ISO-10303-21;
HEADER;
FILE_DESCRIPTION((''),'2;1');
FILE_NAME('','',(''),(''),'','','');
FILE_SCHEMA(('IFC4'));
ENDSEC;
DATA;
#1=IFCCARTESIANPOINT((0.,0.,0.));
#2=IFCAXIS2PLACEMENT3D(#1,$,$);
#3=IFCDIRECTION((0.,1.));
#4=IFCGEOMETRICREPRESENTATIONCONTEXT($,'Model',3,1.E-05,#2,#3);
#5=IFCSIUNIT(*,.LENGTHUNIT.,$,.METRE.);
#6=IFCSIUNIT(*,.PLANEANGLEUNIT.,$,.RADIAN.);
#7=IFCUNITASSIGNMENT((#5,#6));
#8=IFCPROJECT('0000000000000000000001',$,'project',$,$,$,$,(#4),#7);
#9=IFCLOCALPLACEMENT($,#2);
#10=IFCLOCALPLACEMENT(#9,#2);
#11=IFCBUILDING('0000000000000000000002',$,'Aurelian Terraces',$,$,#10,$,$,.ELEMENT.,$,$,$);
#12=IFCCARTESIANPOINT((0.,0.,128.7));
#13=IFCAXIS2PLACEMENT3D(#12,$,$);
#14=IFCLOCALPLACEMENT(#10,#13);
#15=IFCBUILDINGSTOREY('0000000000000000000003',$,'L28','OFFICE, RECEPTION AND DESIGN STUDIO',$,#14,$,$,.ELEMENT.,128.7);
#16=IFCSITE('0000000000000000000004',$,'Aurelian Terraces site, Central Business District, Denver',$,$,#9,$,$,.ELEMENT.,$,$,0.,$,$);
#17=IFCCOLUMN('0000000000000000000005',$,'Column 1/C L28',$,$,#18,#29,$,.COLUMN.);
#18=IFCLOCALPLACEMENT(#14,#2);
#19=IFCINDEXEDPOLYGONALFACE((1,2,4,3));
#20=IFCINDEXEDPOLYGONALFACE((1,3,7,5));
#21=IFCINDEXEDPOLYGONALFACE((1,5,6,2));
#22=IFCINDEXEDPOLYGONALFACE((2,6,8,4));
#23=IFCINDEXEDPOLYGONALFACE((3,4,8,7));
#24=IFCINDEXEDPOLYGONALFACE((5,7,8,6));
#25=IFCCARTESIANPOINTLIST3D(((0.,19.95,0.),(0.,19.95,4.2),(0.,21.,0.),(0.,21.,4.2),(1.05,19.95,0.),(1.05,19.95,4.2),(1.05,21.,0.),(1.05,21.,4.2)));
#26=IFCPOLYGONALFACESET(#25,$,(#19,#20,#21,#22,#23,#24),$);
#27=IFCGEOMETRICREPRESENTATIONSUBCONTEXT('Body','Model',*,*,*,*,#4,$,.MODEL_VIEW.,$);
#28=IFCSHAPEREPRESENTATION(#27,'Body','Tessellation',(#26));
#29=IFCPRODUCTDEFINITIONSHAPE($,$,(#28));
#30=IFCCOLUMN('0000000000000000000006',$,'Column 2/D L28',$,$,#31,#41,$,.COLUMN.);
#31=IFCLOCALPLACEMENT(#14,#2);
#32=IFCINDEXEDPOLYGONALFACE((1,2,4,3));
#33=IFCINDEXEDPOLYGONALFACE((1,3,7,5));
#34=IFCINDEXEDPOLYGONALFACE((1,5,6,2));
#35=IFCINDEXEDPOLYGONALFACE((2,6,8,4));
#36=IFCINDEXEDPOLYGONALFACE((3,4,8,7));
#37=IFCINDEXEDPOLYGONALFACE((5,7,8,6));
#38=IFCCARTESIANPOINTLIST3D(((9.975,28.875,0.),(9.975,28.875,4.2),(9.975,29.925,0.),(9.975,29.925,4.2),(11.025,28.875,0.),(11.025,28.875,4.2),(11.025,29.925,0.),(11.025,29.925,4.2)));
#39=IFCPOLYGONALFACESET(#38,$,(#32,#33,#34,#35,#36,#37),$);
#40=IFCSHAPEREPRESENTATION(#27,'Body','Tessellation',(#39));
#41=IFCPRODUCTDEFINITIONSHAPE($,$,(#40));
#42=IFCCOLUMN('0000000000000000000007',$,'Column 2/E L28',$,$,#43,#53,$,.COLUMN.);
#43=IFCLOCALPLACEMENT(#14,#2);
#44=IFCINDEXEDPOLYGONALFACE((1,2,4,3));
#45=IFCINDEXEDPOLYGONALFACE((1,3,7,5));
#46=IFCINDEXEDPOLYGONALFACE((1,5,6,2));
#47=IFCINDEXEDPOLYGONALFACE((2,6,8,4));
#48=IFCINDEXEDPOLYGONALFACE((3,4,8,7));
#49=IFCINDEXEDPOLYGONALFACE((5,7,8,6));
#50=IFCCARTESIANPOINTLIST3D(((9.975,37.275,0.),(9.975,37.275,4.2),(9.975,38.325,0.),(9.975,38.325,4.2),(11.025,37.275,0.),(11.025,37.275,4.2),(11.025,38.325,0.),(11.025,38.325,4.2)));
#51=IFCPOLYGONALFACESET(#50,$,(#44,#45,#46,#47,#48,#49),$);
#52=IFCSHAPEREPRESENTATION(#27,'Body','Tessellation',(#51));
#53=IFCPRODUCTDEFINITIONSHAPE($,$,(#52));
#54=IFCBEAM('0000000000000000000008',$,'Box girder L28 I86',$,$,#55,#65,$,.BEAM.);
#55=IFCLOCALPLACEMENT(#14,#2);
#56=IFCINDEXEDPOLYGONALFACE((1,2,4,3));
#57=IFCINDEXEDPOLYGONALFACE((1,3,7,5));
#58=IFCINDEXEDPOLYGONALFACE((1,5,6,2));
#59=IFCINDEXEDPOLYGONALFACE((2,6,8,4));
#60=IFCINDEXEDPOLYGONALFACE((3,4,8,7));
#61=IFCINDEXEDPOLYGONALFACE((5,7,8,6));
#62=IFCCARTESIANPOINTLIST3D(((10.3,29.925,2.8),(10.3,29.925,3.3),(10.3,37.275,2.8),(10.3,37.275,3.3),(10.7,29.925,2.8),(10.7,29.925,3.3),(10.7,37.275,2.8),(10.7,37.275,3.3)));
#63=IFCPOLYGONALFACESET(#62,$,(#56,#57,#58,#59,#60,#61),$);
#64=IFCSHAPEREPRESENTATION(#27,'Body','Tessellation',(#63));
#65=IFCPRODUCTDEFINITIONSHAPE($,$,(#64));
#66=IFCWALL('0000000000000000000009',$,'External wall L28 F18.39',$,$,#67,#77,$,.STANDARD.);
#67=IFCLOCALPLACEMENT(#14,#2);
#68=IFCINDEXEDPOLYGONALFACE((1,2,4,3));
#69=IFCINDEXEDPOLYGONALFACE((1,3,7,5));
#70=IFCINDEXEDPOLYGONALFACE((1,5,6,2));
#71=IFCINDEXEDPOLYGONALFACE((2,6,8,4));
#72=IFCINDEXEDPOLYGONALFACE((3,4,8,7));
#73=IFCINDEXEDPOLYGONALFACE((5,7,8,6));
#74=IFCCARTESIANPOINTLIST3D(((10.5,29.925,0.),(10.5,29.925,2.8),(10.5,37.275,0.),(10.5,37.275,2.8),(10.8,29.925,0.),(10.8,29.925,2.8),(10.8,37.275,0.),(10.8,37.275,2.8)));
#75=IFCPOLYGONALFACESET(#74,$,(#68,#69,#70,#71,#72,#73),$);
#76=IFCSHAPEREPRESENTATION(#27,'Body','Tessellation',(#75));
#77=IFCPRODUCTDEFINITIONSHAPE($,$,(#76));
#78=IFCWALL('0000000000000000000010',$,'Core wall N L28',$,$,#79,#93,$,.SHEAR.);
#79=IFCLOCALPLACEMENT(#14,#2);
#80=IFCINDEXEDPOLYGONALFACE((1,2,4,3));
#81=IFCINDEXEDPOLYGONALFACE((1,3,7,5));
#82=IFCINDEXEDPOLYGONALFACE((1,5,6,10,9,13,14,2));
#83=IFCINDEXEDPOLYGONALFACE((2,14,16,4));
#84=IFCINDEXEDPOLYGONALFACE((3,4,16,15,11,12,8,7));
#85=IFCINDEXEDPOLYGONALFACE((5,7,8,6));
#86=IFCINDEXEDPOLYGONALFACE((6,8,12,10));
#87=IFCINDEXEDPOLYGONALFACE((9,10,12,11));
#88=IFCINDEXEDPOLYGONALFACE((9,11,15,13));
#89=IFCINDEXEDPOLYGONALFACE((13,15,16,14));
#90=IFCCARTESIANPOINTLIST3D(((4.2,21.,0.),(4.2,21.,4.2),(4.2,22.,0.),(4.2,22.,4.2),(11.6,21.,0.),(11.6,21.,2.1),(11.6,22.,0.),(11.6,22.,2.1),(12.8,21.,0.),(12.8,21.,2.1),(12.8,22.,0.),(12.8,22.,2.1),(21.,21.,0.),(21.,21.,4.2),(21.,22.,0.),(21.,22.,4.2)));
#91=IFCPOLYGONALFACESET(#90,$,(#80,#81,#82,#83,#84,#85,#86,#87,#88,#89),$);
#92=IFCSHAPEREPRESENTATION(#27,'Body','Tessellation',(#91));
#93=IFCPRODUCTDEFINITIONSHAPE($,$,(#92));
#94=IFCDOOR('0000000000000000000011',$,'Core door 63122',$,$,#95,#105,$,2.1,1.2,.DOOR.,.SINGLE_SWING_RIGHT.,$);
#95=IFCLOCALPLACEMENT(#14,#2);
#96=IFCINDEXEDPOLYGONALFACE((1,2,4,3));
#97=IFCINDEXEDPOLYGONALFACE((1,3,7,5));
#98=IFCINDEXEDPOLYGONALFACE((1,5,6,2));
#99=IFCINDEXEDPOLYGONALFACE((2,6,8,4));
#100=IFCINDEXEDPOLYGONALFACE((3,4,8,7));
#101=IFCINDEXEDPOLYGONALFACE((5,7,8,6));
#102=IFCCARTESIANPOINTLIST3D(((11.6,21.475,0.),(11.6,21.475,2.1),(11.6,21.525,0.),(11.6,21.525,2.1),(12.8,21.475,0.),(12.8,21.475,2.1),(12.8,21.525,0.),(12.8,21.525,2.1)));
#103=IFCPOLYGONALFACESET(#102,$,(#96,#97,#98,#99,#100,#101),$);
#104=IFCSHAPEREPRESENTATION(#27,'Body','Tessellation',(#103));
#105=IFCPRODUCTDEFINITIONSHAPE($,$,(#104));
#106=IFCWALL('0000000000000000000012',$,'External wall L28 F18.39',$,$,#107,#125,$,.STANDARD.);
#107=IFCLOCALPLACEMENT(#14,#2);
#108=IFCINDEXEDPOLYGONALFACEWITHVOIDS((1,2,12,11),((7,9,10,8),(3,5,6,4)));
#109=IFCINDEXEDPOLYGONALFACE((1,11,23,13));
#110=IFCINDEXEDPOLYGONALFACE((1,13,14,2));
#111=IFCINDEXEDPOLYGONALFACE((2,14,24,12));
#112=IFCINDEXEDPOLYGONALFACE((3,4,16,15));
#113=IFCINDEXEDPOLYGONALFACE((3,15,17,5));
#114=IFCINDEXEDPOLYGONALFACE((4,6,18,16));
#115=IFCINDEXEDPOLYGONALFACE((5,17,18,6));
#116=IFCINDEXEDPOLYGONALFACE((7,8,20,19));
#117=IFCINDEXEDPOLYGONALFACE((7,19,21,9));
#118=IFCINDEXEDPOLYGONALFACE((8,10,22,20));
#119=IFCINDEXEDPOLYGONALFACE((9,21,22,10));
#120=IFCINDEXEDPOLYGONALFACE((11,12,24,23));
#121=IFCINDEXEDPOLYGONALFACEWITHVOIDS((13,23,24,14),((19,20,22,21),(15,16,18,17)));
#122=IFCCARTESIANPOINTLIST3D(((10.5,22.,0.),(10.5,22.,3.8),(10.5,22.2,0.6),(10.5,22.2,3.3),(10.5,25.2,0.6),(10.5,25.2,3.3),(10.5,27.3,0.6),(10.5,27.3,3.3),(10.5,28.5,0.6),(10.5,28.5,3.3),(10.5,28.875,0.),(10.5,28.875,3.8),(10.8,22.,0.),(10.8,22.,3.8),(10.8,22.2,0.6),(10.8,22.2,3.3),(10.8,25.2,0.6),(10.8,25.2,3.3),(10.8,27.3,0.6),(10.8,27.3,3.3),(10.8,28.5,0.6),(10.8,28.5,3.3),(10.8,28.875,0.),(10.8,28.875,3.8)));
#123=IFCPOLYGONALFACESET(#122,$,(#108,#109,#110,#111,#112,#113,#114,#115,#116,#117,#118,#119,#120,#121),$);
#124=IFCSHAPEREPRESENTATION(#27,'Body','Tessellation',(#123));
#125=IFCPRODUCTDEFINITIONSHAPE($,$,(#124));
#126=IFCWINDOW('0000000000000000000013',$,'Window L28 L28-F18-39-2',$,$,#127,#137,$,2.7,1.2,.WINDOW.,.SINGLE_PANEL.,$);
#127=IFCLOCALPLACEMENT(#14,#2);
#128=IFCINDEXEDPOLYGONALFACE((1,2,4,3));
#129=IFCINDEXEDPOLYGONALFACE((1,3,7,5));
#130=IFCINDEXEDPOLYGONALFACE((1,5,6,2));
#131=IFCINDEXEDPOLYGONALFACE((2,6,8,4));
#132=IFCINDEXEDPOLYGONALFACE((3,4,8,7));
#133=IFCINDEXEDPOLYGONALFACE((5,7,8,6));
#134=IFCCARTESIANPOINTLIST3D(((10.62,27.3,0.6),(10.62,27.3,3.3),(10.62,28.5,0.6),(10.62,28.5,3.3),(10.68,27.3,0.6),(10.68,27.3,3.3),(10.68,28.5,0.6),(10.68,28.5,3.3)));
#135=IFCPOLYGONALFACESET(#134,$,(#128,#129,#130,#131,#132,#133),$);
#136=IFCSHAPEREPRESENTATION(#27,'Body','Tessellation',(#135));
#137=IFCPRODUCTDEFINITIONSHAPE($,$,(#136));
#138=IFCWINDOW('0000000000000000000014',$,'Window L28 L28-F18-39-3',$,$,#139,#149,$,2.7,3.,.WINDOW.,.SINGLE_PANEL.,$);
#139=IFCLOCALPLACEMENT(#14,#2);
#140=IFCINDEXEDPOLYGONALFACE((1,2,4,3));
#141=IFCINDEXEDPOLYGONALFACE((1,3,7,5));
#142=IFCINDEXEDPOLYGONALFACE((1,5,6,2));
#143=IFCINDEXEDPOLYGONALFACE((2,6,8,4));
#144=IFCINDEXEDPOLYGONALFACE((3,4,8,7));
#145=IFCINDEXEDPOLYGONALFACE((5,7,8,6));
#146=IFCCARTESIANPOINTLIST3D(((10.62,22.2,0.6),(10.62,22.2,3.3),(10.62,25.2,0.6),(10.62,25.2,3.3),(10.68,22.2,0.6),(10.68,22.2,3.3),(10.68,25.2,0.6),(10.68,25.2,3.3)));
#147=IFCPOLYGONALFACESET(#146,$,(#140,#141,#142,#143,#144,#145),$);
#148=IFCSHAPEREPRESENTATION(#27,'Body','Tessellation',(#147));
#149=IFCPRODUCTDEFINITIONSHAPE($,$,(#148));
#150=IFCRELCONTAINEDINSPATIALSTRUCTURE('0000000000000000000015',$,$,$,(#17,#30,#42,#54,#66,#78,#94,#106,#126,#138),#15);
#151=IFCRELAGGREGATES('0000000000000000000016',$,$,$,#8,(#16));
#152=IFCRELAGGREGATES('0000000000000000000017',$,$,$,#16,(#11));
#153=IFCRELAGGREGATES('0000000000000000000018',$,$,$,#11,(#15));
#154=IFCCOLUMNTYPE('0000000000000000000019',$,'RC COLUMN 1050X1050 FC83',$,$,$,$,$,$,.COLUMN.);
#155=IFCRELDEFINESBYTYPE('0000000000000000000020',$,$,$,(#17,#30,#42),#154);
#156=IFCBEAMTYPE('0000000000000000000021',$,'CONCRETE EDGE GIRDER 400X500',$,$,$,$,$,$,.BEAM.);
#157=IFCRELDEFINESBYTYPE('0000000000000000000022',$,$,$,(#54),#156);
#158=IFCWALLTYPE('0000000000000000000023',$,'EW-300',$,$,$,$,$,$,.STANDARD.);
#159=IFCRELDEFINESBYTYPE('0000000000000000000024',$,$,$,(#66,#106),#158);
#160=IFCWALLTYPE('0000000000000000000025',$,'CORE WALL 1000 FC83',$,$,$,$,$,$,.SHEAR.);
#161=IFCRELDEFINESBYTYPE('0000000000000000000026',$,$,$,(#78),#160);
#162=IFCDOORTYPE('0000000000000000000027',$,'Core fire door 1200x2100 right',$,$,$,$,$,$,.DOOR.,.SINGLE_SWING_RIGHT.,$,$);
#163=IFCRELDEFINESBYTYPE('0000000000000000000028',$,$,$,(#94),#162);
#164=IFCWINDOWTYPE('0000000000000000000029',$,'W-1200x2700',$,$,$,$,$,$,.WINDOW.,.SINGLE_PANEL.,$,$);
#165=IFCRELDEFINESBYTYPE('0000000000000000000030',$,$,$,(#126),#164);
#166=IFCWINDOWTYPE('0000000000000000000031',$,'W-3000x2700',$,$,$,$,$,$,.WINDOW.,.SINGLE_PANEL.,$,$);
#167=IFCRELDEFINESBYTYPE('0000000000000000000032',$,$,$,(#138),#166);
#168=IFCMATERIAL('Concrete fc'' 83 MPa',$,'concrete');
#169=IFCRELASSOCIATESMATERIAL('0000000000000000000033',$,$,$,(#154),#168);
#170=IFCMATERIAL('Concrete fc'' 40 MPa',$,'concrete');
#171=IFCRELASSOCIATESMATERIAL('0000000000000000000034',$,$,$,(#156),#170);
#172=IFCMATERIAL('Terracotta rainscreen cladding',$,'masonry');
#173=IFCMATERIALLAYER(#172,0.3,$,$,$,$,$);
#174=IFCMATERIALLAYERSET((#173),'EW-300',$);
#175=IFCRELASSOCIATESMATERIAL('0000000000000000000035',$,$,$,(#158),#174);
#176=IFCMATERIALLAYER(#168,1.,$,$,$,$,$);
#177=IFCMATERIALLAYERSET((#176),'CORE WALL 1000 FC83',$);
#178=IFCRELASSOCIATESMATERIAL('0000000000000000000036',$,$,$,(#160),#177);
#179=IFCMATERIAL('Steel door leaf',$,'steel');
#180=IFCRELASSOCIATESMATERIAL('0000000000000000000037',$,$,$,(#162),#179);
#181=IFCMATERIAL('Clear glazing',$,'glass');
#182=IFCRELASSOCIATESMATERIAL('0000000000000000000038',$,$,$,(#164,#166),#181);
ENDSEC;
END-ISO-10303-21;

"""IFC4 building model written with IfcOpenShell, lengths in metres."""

from ifc_helpers import new_model, si_unit, direction, frame, frame_2d, origin, origin_2d, place, context, subcontext, project, spatial, rectangle, extrude, source, transform, mapped, material, layer, layer_set, material_profile, profile_set, type_object, element, fill, save


model = new_model("IFC4")

# Units and contexts
model_context = context("Model", 3, precision=1e-05, world=origin(), true_north=direction((0.0, 1.0)))
body_context = subcontext(model_context, "Body", "Model", "MODEL_VIEW")
ifc_project = project(units=[si_unit("LENGTHUNIT", "METRE"), si_unit("PLANEANGLEUNIT", "RADIAN")], contexts=[model_context])

# Site, building, storey
site_placement = place(None, origin())
site = spatial("IfcSite", under=ifc_project, at=site_placement, Name="Aurelian Terraces site, Central Business District, Denver", CompositionType="ELEMENT", RefElevation=0.0)
building_placement = place(site_placement, origin())
building = spatial("IfcBuilding", under=site, at=building_placement, Name="Aurelian Terraces", CompositionType="ELEMENT")
storey_placement = place(building_placement, frame((0.0, 0.0, 128.7)))
storey = spatial("IfcBuildingStorey", under=building, at=storey_placement, Name="L28", Description="OFFICE, RECEPTION AND DESIGN STUDIO", CompositionType="ELEMENT", Elevation=128.7)

# Columns
ifc_material_1 = material(Name="Concrete fc' 83 MPa", Category="concrete")
ifc_material_profile_1 = material_profile(ifc_material_1, rectangle(XDim=1.05, YDim=1.05, at=origin_2d()))
ifc_profile_set_1 = profile_set([ifc_material_profile_1], Name="Concrete fc' 83 MPa")
column_type = type_object("IfcColumnType", Name="RC COLUMN 1050X1050 FC83", PredefinedType="COLUMN", material=ifc_profile_set_1)
shared_shape_1 = source(origin(), body_context, "Body", "SweptSolid", [
    extrude(rectangle(XDim=1.05, YDim=1.05, at=origin_2d()), origin(), (0.0, 0.0, 1.0), 4.2),
])
for number, where, z_axis, x_axis, name in (
    (1, (0.525, 20.475, 0.0), (0.0, 0.0, 1.0), (1.0, 0.0, 0.0), "Column 1/C L28"),
    (2, (10.5, 29.4, 0.0), (0.0, 0.0, 1.0), (1.0, 0.0, 0.0), "Column 2/D L28"),
    (3, (10.5, 37.8, 0.0), (0.0, 0.0, 1.0), (1.0, 0.0, 0.0), "Column 2/E L28"),
):
    element("IfcColumn", number, at=place(storey_placement, frame(where, z_axis=z_axis, x_axis=x_axis)), inside=storey, type_object=column_type, Name=name, PredefinedType="COLUMN", context=body_context, shape_type="MappedRepresentation", body=[
        mapped(shared_shape_1, transform((0.0, 0.0, 0.0), scale=1.0)),
    ])

# Beam
ifc_material_2 = material(Name="Concrete fc' 40 MPa", Category="concrete")
ifc_material_profile_2 = material_profile(ifc_material_2, rectangle(XDim=0.4, YDim=0.5, at=origin_2d()))
ifc_profile_set_2 = profile_set([ifc_material_profile_2], Name="Concrete fc' 40 MPa")
beam_type = type_object("IfcBeamType", Name="CONCRETE EDGE GIRDER 400X500", PredefinedType="BEAM", material=ifc_profile_set_2)
shared_shape_2 = source(origin(), body_context, "Body", "SweptSolid", [
    extrude(rectangle(XDim=0.4, YDim=0.5, at=origin_2d()), origin(), (0.0, 0.0, 1.0), 7.35),
])
beam_placement = place(storey_placement, frame((10.5, 29.925, 3.05), z_axis=(0.0, 1.0, 0.0), x_axis=(-1.0, 0.0, 0.0)))
element("IfcBeam", 4, at=beam_placement, inside=storey, type_object=beam_type, Name="Box girder L28 I86", PredefinedType="BEAM", context=body_context, shape_type="MappedRepresentation", body=[
    mapped(shared_shape_2, transform((0.0, 0.0, 0.0), scale=1.0)),
])

# Wall
ifc_material_3 = material(Name="Terracotta rainscreen cladding", Category="masonry")
ifc_layer_1 = layer(ifc_material_3, 0.3)
ifc_layer_set_1 = layer_set([ifc_layer_1], Name="EW-300")
wall_type_1 = type_object("IfcWallType", Name="EW-300", PredefinedType="STANDARD", material=ifc_layer_set_1)
wall_1_placement = place(storey_placement, frame((10.65, 37.275, 0.0), z_axis=(0.0, 0.0, 1.0), x_axis=(0.0, -1.0, 0.0)))
element("IfcWall", 5, at=wall_1_placement, inside=storey, type_object=wall_type_1, Name="External wall L28 F18.39", PredefinedType="STANDARD", context=body_context, shape_type="SweptSolid", body=[
    extrude(rectangle(XDim=7.35, YDim=0.3, at=frame_2d((3.675, 0.0))), origin(), (0.0, 0.0, 1.0), 2.8),
])

# Wall, opening, door
ifc_layer_2 = layer(ifc_material_1, 1.0)
ifc_layer_set_2 = layer_set([ifc_layer_2], Name="CORE WALL 1000 FC83")
wall_type_2 = type_object("IfcWallType", Name="CORE WALL 1000 FC83", PredefinedType="SHEAR", material=ifc_layer_set_2)
shared_shape_3 = source(origin(), body_context, "Body", "SweptSolid", [
    extrude(rectangle(XDim=16.8, YDim=1.0, at=frame_2d((8.4, 0.0))), origin(), (0.0, 0.0, 1.0), 4.2),
])
wall_2_placement = place(storey_placement, frame((4.2, 21.5, 0.0), z_axis=(0.0, 0.0, 1.0), x_axis=(1.0, 0.0, 0.0)))
wall_2 = element("IfcWall", 6, at=wall_2_placement, inside=storey, type_object=wall_type_2, Name="Core wall N L28", PredefinedType="SHEAR", context=body_context, shape_type="MappedRepresentation", body=[
    mapped(shared_shape_3, transform((0.0, 0.0, 0.0), scale=1.0)),
])
shared_shape_4 = source(origin(), body_context, "Body", "SweptSolid", [
    extrude(rectangle(XDim=1.2, YDim=2.1, at=frame_2d((0.6, 1.05))), frame((0.0, 0.51, 0.0), z_axis=(0.0, -1.0, 0.0), x_axis=(1.0, 0.0, 0.0)), (0.0, 0.0, 1.0), 1.02),
])
opening_1_placement = place(wall_2_placement, frame((7.4, 0.0, 0.0)))
opening_1 = element("IfcOpeningElement", 7, at=opening_1_placement, cuts=wall_2, PredefinedType="OPENING", context=body_context, shape_type="MappedRepresentation", body=[
    mapped(shared_shape_4, transform((0.0, 0.0, 0.0), scale=1.0)),
])
ifc_material_4 = material(Name="Steel door leaf", Category="steel")
door_type_1 = type_object("IfcDoorType", Name="Core fire door 1200x2100 right", OperationType="SINGLE_SWING_RIGHT", PredefinedType="DOOR", material=ifc_material_4)
shared_shape_5 = source(origin(), body_context, "Body", "SweptSolid", [
    extrude(rectangle(XDim=1.2, YDim=2.1, at=frame_2d((0.6, 1.05))), frame((0.0, 0.025, 0.0), z_axis=(0.0, -1.0, 0.0), x_axis=(1.0, 0.0, 0.0)), (0.0, 0.0, 1.0), 0.05),
])
door_1_placement = place(opening_1_placement, origin())
door_1 = element("IfcDoor", 8, at=door_1_placement, inside=storey, type_object=door_type_1, Name="Core door 63122", OperationType="SINGLE_SWING_RIGHT", OverallHeight=2.1, OverallWidth=1.2, PredefinedType="DOOR", context=body_context, shape_type="MappedRepresentation", body=[
    mapped(shared_shape_5, transform((0.0, 0.0, 0.0), scale=1.0)),
])
fill(opening_1, door_1)

# Wall, openings, windows
shared_shape_6 = source(origin(), body_context, "Body", "SweptSolid", [
    extrude(rectangle(XDim=6.875, YDim=0.3, at=frame_2d((3.4375, 0.0))), origin(), (0.0, 0.0, 1.0), 3.8),
])
wall_3_placement = place(storey_placement, frame((10.65, 28.875, 0.0), z_axis=(0.0, 0.0, 1.0), x_axis=(0.0, -1.0, 0.0)))
wall_3 = element("IfcWall", 9, at=wall_3_placement, inside=storey, type_object=wall_type_1, Name="External wall L28 F18.39", PredefinedType="STANDARD", context=body_context, shape_type="MappedRepresentation", body=[
    mapped(shared_shape_6, transform((0.0, 0.0, 0.0), scale=1.0)),
])
shared_shape_7 = source(origin(), body_context, "Body", "SweptSolid", [
    extrude(rectangle(XDim=1.2, YDim=2.7, at=frame_2d((0.6, 1.35))), frame((0.0, 0.16, 0.0), z_axis=(0.0, -1.0, 0.0), x_axis=(1.0, 0.0, 0.0)), (0.0, 0.0, 1.0), 0.32),
])
opening_2_placement = place(wall_3_placement, frame((0.375, 0.0, 0.6)))
opening_2 = element("IfcOpeningElement", 10, at=opening_2_placement, cuts=wall_3, PredefinedType="OPENING", context=body_context, shape_type="MappedRepresentation", body=[
    mapped(shared_shape_7, transform((0.0, 0.0, 0.0), scale=1.0)),
])
shared_shape_8 = source(origin(), body_context, "Body", "SweptSolid", [
    extrude(rectangle(XDim=3.0, YDim=2.7, at=frame_2d((1.5, 1.35))), frame((0.0, 0.16, 0.0), z_axis=(0.0, -1.0, 0.0), x_axis=(1.0, 0.0, 0.0)), (0.0, 0.0, 1.0), 0.32),
])
opening_3_placement = place(wall_3_placement, frame((3.675, 0.0, 0.6)))
opening_3 = element("IfcOpeningElement", 11, at=opening_3_placement, cuts=wall_3, PredefinedType="OPENING", context=body_context, shape_type="MappedRepresentation", body=[
    mapped(shared_shape_8, transform((0.0, 0.0, 0.0), scale=1.0)),
])
ifc_material_5 = material(Name="Clear glazing", Category="glass")
window_type_1 = type_object("IfcWindowType", Name="W-1200x2700", PartitioningType="SINGLE_PANEL", PredefinedType="WINDOW", material=ifc_material_5)
shared_shape_9 = source(origin(), body_context, "Body", "SweptSolid", [
    extrude(rectangle(XDim=1.2, YDim=2.7, at=frame_2d((0.6, 1.35))), frame((0.0, 0.03, 0.0), z_axis=(0.0, -1.0, 0.0), x_axis=(1.0, 0.0, 0.0)), (0.0, 0.0, 1.0), 0.06),
])
window_1_placement = place(opening_2_placement, origin())
window_1 = element("IfcWindow", 12, at=window_1_placement, inside=storey, type_object=window_type_1, Name="Window L28 L28-F18-39-2", OverallHeight=2.7, OverallWidth=1.2, PartitioningType="SINGLE_PANEL", PredefinedType="WINDOW", context=body_context, shape_type="MappedRepresentation", body=[
    mapped(shared_shape_9, transform((0.0, 0.0, 0.0), scale=1.0)),
])
fill(opening_2, window_1)
window_type_2 = type_object("IfcWindowType", Name="W-3000x2700", PartitioningType="SINGLE_PANEL", PredefinedType="WINDOW", material=ifc_material_5)
shared_shape_10 = source(origin(), body_context, "Body", "SweptSolid", [
    extrude(rectangle(XDim=3.0, YDim=2.7, at=frame_2d((1.5, 1.35))), frame((0.0, 0.03, 0.0), z_axis=(0.0, -1.0, 0.0), x_axis=(1.0, 0.0, 0.0)), (0.0, 0.0, 1.0), 0.06),
])
window_2_placement = place(opening_3_placement, origin())
window_2 = element("IfcWindow", 13, at=window_2_placement, inside=storey, type_object=window_type_2, Name="Window L28 L28-F18-39-3", OverallHeight=2.7, OverallWidth=3.0, PartitioningType="SINGLE_PANEL", PredefinedType="WINDOW", context=body_context, shape_type="MappedRepresentation", body=[
    mapped(shared_shape_10, transform((0.0, 0.0, 0.0), scale=1.0)),
])
fill(opening_3, window_2)

save(model, "model.ifc")
